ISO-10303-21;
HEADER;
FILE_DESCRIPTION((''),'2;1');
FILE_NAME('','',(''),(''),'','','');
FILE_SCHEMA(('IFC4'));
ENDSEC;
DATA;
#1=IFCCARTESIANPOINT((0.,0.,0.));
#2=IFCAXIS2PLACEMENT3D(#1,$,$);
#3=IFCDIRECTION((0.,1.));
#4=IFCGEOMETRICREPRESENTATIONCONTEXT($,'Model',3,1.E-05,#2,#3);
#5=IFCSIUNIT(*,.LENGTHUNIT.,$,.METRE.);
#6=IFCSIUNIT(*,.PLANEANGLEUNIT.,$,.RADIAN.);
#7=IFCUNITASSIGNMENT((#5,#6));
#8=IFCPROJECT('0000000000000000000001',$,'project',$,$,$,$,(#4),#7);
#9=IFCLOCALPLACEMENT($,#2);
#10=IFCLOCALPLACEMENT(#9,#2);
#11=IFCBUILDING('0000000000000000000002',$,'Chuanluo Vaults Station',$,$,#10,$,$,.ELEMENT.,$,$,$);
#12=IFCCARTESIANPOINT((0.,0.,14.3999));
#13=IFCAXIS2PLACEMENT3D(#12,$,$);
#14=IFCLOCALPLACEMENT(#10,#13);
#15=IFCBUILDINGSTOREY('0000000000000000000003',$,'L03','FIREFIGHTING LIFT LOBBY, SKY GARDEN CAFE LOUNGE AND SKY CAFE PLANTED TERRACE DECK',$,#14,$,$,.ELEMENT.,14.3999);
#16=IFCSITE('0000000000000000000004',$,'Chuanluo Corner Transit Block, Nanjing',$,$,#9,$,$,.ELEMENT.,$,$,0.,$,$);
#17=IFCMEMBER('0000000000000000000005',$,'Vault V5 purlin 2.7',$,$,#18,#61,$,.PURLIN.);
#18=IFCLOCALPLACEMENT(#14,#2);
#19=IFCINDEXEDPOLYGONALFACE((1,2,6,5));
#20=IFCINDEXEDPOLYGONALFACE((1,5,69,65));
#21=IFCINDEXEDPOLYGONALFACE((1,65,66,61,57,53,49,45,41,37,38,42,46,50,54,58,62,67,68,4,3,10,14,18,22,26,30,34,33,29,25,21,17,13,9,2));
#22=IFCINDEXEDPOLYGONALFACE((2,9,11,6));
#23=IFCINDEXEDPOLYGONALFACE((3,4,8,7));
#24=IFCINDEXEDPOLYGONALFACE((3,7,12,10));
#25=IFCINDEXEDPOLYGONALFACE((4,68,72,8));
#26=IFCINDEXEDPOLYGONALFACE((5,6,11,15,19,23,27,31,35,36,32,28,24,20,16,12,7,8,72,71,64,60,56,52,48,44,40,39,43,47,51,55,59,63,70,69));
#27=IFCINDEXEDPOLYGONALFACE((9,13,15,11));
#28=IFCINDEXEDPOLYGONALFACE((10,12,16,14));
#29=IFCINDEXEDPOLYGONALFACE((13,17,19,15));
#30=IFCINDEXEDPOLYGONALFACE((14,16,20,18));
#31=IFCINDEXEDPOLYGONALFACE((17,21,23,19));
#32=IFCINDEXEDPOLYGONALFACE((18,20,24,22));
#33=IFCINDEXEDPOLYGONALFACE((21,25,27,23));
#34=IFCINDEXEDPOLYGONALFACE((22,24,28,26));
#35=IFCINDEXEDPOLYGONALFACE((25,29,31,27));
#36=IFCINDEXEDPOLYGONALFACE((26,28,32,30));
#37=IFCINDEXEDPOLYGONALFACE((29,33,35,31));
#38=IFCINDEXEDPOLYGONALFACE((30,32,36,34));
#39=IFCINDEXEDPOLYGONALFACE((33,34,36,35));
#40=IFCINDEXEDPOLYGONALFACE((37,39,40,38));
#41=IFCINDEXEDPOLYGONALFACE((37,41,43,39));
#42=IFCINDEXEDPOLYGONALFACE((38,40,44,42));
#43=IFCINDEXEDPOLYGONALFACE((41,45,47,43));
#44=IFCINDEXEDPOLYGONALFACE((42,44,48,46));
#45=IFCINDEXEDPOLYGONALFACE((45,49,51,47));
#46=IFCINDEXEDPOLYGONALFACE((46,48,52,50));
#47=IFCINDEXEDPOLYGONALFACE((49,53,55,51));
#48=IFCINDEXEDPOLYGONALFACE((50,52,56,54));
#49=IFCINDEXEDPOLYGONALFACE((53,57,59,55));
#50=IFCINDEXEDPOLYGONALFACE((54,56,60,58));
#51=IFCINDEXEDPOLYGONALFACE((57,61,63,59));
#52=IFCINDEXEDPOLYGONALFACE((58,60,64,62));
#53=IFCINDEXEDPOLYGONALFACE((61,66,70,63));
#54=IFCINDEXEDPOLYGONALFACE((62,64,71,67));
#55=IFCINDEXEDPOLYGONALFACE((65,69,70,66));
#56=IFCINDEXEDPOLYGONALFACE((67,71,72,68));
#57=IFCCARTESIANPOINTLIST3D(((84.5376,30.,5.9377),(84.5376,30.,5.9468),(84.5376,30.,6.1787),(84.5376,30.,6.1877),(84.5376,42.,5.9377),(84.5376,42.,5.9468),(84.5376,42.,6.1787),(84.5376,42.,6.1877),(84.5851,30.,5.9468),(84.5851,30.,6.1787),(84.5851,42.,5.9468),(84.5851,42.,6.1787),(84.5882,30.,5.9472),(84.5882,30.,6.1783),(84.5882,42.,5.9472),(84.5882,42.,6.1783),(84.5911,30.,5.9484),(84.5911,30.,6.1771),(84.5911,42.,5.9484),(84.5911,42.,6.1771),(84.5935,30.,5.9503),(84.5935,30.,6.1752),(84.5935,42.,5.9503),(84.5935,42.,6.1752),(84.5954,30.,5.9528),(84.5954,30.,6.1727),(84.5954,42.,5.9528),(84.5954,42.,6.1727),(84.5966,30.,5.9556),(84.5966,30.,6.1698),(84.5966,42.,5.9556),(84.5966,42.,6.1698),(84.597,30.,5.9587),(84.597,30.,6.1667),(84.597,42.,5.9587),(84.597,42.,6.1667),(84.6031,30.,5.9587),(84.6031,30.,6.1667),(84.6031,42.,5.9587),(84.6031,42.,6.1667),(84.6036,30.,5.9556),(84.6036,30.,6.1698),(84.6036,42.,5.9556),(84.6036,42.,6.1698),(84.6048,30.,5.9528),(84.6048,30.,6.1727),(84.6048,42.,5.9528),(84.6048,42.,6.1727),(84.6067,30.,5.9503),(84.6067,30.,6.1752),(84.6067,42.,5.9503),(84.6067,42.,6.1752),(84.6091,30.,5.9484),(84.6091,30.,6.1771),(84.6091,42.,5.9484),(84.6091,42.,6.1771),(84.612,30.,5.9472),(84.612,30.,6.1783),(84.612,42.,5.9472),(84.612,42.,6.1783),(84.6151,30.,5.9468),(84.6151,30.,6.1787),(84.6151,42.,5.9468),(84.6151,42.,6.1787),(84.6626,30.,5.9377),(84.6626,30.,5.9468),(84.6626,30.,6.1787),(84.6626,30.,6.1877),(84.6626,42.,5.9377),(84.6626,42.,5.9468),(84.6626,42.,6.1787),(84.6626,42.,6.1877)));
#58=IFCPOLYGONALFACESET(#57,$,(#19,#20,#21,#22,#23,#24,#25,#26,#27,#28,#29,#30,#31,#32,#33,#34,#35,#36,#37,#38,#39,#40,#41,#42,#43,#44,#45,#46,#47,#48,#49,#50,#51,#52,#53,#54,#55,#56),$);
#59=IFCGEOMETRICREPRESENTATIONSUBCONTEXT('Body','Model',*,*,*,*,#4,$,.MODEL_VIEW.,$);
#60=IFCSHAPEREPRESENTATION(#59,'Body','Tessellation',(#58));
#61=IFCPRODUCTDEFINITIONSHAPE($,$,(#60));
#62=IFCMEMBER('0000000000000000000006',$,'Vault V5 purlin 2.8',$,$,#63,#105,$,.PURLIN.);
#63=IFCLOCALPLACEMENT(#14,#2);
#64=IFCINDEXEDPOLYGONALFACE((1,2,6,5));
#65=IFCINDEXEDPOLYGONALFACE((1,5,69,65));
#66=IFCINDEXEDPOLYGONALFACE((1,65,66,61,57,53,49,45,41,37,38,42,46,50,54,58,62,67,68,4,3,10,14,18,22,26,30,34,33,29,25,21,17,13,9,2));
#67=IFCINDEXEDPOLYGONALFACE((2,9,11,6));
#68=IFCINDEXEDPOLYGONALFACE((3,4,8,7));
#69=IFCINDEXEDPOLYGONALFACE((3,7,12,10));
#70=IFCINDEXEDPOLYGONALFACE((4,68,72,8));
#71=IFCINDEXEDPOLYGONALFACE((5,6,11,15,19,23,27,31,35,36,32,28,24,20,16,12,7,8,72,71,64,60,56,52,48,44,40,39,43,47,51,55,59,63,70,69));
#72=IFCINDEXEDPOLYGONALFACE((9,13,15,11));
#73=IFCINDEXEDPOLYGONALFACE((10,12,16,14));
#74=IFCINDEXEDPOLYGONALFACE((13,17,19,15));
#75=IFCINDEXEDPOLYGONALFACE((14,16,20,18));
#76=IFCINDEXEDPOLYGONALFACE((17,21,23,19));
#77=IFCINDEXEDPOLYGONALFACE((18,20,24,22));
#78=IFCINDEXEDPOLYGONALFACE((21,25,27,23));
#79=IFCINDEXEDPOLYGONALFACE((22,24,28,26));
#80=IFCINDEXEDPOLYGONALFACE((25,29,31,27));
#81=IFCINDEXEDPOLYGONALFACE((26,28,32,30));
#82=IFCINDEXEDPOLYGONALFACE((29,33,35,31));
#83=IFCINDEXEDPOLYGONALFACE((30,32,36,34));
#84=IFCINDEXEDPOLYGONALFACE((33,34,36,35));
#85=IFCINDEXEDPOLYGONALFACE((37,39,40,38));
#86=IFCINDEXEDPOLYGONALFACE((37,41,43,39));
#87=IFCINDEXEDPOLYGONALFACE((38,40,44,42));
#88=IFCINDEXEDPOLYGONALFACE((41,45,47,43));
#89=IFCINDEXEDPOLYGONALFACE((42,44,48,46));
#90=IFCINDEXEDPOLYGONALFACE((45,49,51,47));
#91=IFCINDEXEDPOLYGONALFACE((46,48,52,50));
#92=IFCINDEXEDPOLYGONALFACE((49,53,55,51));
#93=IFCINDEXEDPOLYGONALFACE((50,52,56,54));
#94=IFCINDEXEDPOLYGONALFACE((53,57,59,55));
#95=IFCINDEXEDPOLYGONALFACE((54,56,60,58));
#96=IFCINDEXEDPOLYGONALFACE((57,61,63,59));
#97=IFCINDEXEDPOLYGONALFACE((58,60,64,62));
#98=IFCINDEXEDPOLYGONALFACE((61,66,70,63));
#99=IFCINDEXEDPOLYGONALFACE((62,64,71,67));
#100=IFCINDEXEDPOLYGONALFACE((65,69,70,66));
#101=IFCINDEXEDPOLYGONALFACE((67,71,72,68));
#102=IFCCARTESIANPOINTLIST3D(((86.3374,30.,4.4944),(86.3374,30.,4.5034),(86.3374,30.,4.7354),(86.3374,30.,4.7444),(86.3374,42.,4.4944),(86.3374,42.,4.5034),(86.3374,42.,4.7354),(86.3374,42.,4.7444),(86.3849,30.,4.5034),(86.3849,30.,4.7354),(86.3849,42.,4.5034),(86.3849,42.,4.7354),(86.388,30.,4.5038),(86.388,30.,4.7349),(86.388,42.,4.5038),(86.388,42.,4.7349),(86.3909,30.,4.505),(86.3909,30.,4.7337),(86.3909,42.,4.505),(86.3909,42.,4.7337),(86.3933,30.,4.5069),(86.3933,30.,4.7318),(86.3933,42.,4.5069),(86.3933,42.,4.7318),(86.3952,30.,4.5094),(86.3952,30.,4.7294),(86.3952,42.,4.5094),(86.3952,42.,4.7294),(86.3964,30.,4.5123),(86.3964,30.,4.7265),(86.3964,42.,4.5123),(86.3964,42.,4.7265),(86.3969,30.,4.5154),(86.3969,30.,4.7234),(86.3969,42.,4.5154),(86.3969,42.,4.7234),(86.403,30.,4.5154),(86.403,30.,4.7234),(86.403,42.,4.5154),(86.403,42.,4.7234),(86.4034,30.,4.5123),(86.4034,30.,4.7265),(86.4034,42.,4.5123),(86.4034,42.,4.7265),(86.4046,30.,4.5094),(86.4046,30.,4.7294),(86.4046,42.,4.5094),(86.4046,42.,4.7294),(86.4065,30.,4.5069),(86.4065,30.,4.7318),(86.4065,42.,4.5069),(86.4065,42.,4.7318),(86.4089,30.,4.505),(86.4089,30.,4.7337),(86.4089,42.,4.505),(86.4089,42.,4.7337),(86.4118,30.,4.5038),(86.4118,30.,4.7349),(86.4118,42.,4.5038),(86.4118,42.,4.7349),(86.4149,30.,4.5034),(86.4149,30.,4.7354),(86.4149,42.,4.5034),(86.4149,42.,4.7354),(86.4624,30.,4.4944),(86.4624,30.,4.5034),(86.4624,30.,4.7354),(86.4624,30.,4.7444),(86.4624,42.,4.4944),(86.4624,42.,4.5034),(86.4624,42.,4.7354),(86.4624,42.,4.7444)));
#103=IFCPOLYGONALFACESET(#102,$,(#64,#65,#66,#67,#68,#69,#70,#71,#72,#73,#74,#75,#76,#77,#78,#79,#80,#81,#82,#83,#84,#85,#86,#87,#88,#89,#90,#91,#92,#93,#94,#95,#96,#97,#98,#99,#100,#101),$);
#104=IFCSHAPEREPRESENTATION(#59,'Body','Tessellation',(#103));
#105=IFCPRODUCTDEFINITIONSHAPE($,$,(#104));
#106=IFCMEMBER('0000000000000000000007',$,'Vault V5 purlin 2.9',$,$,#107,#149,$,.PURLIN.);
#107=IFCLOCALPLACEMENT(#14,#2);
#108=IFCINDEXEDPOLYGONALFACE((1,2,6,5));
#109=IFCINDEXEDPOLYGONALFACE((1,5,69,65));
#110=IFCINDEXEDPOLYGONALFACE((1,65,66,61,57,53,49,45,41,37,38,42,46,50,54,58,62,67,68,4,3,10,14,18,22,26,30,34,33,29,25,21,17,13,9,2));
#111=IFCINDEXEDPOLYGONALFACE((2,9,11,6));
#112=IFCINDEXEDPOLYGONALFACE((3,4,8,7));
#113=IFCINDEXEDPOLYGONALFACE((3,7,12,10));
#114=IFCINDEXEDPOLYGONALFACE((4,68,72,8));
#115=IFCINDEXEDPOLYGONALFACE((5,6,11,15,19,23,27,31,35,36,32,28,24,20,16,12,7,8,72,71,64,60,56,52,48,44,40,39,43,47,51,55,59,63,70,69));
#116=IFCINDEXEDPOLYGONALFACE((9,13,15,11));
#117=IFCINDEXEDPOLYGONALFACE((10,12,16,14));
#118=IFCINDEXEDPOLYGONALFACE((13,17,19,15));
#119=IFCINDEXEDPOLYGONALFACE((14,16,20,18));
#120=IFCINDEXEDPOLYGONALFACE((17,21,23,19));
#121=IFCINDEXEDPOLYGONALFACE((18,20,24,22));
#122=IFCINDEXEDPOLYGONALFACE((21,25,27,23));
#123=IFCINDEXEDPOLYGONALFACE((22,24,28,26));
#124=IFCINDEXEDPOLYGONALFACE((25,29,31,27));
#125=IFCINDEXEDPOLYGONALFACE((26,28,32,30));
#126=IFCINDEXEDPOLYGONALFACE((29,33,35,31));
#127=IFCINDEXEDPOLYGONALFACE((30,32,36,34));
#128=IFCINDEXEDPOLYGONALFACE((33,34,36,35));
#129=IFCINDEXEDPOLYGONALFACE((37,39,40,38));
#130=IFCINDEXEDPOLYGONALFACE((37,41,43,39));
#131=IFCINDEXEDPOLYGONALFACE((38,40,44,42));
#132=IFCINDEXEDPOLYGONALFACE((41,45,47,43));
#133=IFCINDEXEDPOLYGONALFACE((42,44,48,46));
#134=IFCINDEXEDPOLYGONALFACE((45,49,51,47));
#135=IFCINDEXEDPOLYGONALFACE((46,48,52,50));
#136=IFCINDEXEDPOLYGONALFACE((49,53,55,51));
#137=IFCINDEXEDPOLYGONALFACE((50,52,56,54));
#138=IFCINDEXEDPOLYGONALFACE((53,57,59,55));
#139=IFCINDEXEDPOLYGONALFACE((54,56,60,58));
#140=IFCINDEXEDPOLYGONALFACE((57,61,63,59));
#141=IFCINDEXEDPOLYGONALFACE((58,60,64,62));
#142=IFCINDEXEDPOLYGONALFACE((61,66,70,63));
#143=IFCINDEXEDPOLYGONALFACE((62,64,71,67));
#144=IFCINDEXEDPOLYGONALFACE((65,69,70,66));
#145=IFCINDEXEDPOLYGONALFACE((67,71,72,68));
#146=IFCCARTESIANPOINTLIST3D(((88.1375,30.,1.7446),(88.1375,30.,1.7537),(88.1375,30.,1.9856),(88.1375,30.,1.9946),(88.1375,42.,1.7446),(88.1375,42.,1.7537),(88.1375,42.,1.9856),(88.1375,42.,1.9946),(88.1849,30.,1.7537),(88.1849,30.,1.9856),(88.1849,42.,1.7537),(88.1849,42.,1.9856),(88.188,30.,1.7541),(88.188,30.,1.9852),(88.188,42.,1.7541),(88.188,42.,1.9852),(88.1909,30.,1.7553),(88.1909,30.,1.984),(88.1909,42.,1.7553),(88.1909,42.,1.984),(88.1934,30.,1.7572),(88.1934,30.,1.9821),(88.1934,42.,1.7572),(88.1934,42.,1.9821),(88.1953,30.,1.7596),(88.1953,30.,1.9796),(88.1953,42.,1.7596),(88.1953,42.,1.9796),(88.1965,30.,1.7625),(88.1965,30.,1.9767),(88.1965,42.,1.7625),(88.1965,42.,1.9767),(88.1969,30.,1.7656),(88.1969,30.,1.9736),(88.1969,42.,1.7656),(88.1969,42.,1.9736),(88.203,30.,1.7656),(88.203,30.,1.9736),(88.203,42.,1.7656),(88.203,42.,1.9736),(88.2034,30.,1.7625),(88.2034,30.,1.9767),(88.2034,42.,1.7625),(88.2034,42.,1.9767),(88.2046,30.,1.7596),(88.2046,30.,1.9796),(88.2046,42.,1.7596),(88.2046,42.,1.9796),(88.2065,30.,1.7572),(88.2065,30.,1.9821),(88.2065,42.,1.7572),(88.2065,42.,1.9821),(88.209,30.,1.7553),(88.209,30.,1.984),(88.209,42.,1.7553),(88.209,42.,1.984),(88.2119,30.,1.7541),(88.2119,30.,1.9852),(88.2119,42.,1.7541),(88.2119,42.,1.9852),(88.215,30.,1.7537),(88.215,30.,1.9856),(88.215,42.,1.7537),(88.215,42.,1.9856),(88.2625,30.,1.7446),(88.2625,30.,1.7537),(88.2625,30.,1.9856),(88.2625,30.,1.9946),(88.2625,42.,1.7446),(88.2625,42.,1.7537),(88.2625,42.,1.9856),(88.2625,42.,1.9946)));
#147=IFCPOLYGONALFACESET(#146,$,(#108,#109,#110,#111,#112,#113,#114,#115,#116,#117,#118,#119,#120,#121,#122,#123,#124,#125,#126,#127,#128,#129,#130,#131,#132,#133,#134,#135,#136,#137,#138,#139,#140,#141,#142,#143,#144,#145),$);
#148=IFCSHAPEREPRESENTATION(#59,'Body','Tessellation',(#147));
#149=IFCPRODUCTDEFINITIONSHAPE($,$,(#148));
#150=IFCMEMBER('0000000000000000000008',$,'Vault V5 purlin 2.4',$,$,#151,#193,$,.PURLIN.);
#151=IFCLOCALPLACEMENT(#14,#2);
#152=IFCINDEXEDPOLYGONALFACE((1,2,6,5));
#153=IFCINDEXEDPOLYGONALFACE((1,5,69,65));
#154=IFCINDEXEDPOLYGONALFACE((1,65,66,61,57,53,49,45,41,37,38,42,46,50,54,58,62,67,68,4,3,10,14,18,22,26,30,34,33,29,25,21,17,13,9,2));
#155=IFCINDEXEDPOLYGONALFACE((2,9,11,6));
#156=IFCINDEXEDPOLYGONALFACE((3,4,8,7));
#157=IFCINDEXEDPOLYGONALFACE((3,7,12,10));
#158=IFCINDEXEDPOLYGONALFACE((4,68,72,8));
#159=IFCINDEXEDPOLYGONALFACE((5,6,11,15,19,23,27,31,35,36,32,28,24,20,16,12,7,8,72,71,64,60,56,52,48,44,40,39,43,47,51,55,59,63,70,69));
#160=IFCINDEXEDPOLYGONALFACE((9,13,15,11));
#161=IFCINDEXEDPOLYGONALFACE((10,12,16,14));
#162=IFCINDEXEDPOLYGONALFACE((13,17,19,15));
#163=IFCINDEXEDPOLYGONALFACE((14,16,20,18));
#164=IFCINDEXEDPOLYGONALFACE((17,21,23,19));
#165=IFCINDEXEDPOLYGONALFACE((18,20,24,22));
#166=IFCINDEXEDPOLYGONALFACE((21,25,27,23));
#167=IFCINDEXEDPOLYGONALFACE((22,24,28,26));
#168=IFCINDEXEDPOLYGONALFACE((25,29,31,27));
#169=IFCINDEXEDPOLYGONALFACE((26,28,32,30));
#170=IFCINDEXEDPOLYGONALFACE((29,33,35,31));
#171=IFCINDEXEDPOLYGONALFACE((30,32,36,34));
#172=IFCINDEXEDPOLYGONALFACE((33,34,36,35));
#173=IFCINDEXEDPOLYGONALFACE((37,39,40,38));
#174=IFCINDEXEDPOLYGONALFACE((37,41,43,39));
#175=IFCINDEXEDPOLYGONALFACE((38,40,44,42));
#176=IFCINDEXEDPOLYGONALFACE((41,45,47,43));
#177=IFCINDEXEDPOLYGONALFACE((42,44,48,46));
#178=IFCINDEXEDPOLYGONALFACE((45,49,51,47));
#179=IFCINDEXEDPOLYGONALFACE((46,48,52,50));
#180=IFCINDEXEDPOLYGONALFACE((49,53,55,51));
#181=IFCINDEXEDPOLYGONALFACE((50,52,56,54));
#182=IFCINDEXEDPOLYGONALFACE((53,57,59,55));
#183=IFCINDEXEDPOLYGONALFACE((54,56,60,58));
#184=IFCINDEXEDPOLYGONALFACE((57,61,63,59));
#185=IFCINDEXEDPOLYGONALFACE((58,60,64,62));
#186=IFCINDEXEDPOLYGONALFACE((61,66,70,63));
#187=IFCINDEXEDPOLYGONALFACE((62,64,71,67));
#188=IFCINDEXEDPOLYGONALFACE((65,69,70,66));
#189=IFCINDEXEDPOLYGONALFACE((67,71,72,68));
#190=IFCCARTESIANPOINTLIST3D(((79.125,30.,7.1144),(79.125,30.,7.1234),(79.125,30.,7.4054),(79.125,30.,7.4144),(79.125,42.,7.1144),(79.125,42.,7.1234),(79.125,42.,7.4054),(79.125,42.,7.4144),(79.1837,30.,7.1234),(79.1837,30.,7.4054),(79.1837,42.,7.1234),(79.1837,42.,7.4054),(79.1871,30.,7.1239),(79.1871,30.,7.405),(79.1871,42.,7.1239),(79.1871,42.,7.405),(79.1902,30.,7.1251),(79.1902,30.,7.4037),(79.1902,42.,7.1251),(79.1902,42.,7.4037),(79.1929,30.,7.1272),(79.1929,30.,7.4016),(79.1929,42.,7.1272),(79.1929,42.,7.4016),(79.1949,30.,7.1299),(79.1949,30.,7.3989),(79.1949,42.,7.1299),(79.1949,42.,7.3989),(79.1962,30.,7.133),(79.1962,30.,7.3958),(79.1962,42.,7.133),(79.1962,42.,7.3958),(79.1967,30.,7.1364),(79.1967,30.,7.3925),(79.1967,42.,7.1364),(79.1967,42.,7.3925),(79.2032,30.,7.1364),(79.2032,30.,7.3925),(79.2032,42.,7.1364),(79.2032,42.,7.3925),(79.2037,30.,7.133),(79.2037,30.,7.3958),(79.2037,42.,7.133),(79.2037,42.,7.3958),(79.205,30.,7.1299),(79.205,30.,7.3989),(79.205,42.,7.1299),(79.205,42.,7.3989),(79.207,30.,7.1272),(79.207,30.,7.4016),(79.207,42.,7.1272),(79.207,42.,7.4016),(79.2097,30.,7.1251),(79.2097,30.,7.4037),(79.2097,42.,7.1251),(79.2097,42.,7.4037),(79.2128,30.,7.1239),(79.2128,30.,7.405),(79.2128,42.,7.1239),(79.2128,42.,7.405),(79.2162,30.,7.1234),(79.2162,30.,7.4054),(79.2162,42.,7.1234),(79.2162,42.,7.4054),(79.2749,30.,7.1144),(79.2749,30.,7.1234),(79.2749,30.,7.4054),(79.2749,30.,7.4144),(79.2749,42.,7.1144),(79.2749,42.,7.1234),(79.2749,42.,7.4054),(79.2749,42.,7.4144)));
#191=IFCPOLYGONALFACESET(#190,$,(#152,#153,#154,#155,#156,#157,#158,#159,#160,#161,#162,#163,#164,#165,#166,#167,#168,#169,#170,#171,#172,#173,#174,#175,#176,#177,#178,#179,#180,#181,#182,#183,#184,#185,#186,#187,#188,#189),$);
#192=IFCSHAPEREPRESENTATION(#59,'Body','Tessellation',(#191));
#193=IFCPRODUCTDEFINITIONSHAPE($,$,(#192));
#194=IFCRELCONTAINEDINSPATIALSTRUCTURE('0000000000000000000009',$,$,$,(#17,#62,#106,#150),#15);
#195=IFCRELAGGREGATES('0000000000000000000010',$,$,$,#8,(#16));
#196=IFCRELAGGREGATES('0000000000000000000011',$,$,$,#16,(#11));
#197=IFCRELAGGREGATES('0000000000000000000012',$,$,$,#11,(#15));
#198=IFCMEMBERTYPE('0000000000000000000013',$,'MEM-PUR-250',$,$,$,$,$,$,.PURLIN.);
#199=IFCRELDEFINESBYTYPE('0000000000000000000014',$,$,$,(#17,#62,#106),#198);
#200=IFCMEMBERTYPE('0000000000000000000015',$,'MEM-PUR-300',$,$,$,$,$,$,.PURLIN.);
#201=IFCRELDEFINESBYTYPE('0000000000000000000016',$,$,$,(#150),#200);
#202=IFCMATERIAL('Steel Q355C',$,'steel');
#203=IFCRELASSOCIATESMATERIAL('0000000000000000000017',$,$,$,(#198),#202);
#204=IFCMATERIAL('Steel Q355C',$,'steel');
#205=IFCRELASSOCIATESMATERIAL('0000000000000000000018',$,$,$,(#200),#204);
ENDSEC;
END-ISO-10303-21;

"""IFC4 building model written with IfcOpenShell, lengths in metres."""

from ifc_helpers import new_model, si_unit, direction, frame, origin, origin_2d, place, context, subcontext, project, spatial, i_section, extrude, material, material_profile, profile_set, type_object, element, save


model = new_model("IFC4")

# Units and contexts
model_context = context("Model", 3, precision=1e-05, world=origin(), true_north=direction((0.0, 1.0)))
body_context = subcontext(model_context, "Body", "Model", "MODEL_VIEW")
ifc_project = project(units=[si_unit("LENGTHUNIT", "METRE"), si_unit("PLANEANGLEUNIT", "RADIAN")], contexts=[model_context])

# Site, building, storey
site_placement = place(None, origin())
site = spatial("IfcSite", under=ifc_project, at=site_placement, Name="Chuanluo Corner Transit Block, Nanjing", CompositionType="ELEMENT", RefElevation=0.0)
building_placement = place(site_placement, origin())
building = spatial("IfcBuilding", under=site, at=building_placement, Name="Chuanluo Vaults Station", CompositionType="ELEMENT")
storey_placement = place(building_placement, frame((0.0, 0.0, 14.3999)))
storey = spatial("IfcBuildingStorey", under=building, at=storey_placement, Name="L03", Description="FIREFIGHTING LIFT LOBBY, SKY GARDEN CAFE LOUNGE AND SKY CAFE PLANTED TERRACE DECK", CompositionType="ELEMENT", Elevation=14.3999)

# Members
ifc_material_1 = material(Name="Steel Q355C", Category="steel")
ifc_material_profile_1 = material_profile(ifc_material_1, i_section(OverallWidth=0.125, OverallDepth=0.25, WebThickness=0.0061, FlangeThickness=0.009, FilletRadius=0.012, at=origin_2d()))
ifc_profile_set_1 = profile_set([ifc_material_profile_1], Name="Steel Q355C")
member_type_1 = type_object("IfcMemberType", Name="MEM-PUR-250", PredefinedType="PURLIN", material=ifc_profile_set_1)
for number, where, z_axis, x_axis, name in (
    (1, (84.6001, 30.0, 6.0627), (0.0, 1.0, 0.0), (-1.0, 0.0, 0.0), "Vault V5 purlin 2.7"),
    (2, (86.3999, 30.0, 4.6194), (0.0, 1.0, 0.0), (-1.0, 0.0, 0.0), "Vault V5 purlin 2.8"),
    (3, (88.2, 30.0, 1.8696), (0.0, 1.0, 0.0), (-1.0, 0.0, 0.0), "Vault V5 purlin 2.9"),
):
    element("IfcMember", number, at=place(storey_placement, frame(where, z_axis=z_axis, x_axis=x_axis)), inside=storey, type_object=member_type_1, Name=name, PredefinedType="PURLIN", context=body_context, shape_type="SweptSolid", body=[
        extrude(i_section(OverallWidth=0.125, OverallDepth=0.25, WebThickness=0.0061, FlangeThickness=0.009, FilletRadius=0.012, at=origin_2d()), origin(), (0.0, 0.0, 1.0), 12.0),
    ])
ifc_material_2 = material(Name="Steel Q355C", Category="steel")
ifc_material_profile_2 = material_profile(ifc_material_2, i_section(OverallWidth=0.1499, OverallDepth=0.3, WebThickness=0.0066, FlangeThickness=0.009, FilletRadius=0.0129, at=origin_2d()))
ifc_profile_set_2 = profile_set([ifc_material_profile_2], Name="Steel Q355C")
member_type_2 = type_object("IfcMemberType", Name="MEM-PUR-300", PredefinedType="PURLIN", material=ifc_profile_set_2)
for number, where, z_axis, x_axis, name in (
    (4, (79.2, 30.0, 7.2644), (0.0, 1.0, 0.0), (-1.0, 0.0, 0.0), "Vault V5 purlin 2.4"),
):
    element("IfcMember", number, at=place(storey_placement, frame(where, z_axis=z_axis, x_axis=x_axis)), inside=storey, type_object=member_type_2, Name=name, PredefinedType="PURLIN", context=body_context, shape_type="SweptSolid", body=[
        extrude(i_section(OverallWidth=0.1499, OverallDepth=0.3, WebThickness=0.0066, FlangeThickness=0.009, FilletRadius=0.0129, at=origin_2d()), origin(), (0.0, 0.0, 1.0), 12.0),
    ])

save(model, "model.ifc")
